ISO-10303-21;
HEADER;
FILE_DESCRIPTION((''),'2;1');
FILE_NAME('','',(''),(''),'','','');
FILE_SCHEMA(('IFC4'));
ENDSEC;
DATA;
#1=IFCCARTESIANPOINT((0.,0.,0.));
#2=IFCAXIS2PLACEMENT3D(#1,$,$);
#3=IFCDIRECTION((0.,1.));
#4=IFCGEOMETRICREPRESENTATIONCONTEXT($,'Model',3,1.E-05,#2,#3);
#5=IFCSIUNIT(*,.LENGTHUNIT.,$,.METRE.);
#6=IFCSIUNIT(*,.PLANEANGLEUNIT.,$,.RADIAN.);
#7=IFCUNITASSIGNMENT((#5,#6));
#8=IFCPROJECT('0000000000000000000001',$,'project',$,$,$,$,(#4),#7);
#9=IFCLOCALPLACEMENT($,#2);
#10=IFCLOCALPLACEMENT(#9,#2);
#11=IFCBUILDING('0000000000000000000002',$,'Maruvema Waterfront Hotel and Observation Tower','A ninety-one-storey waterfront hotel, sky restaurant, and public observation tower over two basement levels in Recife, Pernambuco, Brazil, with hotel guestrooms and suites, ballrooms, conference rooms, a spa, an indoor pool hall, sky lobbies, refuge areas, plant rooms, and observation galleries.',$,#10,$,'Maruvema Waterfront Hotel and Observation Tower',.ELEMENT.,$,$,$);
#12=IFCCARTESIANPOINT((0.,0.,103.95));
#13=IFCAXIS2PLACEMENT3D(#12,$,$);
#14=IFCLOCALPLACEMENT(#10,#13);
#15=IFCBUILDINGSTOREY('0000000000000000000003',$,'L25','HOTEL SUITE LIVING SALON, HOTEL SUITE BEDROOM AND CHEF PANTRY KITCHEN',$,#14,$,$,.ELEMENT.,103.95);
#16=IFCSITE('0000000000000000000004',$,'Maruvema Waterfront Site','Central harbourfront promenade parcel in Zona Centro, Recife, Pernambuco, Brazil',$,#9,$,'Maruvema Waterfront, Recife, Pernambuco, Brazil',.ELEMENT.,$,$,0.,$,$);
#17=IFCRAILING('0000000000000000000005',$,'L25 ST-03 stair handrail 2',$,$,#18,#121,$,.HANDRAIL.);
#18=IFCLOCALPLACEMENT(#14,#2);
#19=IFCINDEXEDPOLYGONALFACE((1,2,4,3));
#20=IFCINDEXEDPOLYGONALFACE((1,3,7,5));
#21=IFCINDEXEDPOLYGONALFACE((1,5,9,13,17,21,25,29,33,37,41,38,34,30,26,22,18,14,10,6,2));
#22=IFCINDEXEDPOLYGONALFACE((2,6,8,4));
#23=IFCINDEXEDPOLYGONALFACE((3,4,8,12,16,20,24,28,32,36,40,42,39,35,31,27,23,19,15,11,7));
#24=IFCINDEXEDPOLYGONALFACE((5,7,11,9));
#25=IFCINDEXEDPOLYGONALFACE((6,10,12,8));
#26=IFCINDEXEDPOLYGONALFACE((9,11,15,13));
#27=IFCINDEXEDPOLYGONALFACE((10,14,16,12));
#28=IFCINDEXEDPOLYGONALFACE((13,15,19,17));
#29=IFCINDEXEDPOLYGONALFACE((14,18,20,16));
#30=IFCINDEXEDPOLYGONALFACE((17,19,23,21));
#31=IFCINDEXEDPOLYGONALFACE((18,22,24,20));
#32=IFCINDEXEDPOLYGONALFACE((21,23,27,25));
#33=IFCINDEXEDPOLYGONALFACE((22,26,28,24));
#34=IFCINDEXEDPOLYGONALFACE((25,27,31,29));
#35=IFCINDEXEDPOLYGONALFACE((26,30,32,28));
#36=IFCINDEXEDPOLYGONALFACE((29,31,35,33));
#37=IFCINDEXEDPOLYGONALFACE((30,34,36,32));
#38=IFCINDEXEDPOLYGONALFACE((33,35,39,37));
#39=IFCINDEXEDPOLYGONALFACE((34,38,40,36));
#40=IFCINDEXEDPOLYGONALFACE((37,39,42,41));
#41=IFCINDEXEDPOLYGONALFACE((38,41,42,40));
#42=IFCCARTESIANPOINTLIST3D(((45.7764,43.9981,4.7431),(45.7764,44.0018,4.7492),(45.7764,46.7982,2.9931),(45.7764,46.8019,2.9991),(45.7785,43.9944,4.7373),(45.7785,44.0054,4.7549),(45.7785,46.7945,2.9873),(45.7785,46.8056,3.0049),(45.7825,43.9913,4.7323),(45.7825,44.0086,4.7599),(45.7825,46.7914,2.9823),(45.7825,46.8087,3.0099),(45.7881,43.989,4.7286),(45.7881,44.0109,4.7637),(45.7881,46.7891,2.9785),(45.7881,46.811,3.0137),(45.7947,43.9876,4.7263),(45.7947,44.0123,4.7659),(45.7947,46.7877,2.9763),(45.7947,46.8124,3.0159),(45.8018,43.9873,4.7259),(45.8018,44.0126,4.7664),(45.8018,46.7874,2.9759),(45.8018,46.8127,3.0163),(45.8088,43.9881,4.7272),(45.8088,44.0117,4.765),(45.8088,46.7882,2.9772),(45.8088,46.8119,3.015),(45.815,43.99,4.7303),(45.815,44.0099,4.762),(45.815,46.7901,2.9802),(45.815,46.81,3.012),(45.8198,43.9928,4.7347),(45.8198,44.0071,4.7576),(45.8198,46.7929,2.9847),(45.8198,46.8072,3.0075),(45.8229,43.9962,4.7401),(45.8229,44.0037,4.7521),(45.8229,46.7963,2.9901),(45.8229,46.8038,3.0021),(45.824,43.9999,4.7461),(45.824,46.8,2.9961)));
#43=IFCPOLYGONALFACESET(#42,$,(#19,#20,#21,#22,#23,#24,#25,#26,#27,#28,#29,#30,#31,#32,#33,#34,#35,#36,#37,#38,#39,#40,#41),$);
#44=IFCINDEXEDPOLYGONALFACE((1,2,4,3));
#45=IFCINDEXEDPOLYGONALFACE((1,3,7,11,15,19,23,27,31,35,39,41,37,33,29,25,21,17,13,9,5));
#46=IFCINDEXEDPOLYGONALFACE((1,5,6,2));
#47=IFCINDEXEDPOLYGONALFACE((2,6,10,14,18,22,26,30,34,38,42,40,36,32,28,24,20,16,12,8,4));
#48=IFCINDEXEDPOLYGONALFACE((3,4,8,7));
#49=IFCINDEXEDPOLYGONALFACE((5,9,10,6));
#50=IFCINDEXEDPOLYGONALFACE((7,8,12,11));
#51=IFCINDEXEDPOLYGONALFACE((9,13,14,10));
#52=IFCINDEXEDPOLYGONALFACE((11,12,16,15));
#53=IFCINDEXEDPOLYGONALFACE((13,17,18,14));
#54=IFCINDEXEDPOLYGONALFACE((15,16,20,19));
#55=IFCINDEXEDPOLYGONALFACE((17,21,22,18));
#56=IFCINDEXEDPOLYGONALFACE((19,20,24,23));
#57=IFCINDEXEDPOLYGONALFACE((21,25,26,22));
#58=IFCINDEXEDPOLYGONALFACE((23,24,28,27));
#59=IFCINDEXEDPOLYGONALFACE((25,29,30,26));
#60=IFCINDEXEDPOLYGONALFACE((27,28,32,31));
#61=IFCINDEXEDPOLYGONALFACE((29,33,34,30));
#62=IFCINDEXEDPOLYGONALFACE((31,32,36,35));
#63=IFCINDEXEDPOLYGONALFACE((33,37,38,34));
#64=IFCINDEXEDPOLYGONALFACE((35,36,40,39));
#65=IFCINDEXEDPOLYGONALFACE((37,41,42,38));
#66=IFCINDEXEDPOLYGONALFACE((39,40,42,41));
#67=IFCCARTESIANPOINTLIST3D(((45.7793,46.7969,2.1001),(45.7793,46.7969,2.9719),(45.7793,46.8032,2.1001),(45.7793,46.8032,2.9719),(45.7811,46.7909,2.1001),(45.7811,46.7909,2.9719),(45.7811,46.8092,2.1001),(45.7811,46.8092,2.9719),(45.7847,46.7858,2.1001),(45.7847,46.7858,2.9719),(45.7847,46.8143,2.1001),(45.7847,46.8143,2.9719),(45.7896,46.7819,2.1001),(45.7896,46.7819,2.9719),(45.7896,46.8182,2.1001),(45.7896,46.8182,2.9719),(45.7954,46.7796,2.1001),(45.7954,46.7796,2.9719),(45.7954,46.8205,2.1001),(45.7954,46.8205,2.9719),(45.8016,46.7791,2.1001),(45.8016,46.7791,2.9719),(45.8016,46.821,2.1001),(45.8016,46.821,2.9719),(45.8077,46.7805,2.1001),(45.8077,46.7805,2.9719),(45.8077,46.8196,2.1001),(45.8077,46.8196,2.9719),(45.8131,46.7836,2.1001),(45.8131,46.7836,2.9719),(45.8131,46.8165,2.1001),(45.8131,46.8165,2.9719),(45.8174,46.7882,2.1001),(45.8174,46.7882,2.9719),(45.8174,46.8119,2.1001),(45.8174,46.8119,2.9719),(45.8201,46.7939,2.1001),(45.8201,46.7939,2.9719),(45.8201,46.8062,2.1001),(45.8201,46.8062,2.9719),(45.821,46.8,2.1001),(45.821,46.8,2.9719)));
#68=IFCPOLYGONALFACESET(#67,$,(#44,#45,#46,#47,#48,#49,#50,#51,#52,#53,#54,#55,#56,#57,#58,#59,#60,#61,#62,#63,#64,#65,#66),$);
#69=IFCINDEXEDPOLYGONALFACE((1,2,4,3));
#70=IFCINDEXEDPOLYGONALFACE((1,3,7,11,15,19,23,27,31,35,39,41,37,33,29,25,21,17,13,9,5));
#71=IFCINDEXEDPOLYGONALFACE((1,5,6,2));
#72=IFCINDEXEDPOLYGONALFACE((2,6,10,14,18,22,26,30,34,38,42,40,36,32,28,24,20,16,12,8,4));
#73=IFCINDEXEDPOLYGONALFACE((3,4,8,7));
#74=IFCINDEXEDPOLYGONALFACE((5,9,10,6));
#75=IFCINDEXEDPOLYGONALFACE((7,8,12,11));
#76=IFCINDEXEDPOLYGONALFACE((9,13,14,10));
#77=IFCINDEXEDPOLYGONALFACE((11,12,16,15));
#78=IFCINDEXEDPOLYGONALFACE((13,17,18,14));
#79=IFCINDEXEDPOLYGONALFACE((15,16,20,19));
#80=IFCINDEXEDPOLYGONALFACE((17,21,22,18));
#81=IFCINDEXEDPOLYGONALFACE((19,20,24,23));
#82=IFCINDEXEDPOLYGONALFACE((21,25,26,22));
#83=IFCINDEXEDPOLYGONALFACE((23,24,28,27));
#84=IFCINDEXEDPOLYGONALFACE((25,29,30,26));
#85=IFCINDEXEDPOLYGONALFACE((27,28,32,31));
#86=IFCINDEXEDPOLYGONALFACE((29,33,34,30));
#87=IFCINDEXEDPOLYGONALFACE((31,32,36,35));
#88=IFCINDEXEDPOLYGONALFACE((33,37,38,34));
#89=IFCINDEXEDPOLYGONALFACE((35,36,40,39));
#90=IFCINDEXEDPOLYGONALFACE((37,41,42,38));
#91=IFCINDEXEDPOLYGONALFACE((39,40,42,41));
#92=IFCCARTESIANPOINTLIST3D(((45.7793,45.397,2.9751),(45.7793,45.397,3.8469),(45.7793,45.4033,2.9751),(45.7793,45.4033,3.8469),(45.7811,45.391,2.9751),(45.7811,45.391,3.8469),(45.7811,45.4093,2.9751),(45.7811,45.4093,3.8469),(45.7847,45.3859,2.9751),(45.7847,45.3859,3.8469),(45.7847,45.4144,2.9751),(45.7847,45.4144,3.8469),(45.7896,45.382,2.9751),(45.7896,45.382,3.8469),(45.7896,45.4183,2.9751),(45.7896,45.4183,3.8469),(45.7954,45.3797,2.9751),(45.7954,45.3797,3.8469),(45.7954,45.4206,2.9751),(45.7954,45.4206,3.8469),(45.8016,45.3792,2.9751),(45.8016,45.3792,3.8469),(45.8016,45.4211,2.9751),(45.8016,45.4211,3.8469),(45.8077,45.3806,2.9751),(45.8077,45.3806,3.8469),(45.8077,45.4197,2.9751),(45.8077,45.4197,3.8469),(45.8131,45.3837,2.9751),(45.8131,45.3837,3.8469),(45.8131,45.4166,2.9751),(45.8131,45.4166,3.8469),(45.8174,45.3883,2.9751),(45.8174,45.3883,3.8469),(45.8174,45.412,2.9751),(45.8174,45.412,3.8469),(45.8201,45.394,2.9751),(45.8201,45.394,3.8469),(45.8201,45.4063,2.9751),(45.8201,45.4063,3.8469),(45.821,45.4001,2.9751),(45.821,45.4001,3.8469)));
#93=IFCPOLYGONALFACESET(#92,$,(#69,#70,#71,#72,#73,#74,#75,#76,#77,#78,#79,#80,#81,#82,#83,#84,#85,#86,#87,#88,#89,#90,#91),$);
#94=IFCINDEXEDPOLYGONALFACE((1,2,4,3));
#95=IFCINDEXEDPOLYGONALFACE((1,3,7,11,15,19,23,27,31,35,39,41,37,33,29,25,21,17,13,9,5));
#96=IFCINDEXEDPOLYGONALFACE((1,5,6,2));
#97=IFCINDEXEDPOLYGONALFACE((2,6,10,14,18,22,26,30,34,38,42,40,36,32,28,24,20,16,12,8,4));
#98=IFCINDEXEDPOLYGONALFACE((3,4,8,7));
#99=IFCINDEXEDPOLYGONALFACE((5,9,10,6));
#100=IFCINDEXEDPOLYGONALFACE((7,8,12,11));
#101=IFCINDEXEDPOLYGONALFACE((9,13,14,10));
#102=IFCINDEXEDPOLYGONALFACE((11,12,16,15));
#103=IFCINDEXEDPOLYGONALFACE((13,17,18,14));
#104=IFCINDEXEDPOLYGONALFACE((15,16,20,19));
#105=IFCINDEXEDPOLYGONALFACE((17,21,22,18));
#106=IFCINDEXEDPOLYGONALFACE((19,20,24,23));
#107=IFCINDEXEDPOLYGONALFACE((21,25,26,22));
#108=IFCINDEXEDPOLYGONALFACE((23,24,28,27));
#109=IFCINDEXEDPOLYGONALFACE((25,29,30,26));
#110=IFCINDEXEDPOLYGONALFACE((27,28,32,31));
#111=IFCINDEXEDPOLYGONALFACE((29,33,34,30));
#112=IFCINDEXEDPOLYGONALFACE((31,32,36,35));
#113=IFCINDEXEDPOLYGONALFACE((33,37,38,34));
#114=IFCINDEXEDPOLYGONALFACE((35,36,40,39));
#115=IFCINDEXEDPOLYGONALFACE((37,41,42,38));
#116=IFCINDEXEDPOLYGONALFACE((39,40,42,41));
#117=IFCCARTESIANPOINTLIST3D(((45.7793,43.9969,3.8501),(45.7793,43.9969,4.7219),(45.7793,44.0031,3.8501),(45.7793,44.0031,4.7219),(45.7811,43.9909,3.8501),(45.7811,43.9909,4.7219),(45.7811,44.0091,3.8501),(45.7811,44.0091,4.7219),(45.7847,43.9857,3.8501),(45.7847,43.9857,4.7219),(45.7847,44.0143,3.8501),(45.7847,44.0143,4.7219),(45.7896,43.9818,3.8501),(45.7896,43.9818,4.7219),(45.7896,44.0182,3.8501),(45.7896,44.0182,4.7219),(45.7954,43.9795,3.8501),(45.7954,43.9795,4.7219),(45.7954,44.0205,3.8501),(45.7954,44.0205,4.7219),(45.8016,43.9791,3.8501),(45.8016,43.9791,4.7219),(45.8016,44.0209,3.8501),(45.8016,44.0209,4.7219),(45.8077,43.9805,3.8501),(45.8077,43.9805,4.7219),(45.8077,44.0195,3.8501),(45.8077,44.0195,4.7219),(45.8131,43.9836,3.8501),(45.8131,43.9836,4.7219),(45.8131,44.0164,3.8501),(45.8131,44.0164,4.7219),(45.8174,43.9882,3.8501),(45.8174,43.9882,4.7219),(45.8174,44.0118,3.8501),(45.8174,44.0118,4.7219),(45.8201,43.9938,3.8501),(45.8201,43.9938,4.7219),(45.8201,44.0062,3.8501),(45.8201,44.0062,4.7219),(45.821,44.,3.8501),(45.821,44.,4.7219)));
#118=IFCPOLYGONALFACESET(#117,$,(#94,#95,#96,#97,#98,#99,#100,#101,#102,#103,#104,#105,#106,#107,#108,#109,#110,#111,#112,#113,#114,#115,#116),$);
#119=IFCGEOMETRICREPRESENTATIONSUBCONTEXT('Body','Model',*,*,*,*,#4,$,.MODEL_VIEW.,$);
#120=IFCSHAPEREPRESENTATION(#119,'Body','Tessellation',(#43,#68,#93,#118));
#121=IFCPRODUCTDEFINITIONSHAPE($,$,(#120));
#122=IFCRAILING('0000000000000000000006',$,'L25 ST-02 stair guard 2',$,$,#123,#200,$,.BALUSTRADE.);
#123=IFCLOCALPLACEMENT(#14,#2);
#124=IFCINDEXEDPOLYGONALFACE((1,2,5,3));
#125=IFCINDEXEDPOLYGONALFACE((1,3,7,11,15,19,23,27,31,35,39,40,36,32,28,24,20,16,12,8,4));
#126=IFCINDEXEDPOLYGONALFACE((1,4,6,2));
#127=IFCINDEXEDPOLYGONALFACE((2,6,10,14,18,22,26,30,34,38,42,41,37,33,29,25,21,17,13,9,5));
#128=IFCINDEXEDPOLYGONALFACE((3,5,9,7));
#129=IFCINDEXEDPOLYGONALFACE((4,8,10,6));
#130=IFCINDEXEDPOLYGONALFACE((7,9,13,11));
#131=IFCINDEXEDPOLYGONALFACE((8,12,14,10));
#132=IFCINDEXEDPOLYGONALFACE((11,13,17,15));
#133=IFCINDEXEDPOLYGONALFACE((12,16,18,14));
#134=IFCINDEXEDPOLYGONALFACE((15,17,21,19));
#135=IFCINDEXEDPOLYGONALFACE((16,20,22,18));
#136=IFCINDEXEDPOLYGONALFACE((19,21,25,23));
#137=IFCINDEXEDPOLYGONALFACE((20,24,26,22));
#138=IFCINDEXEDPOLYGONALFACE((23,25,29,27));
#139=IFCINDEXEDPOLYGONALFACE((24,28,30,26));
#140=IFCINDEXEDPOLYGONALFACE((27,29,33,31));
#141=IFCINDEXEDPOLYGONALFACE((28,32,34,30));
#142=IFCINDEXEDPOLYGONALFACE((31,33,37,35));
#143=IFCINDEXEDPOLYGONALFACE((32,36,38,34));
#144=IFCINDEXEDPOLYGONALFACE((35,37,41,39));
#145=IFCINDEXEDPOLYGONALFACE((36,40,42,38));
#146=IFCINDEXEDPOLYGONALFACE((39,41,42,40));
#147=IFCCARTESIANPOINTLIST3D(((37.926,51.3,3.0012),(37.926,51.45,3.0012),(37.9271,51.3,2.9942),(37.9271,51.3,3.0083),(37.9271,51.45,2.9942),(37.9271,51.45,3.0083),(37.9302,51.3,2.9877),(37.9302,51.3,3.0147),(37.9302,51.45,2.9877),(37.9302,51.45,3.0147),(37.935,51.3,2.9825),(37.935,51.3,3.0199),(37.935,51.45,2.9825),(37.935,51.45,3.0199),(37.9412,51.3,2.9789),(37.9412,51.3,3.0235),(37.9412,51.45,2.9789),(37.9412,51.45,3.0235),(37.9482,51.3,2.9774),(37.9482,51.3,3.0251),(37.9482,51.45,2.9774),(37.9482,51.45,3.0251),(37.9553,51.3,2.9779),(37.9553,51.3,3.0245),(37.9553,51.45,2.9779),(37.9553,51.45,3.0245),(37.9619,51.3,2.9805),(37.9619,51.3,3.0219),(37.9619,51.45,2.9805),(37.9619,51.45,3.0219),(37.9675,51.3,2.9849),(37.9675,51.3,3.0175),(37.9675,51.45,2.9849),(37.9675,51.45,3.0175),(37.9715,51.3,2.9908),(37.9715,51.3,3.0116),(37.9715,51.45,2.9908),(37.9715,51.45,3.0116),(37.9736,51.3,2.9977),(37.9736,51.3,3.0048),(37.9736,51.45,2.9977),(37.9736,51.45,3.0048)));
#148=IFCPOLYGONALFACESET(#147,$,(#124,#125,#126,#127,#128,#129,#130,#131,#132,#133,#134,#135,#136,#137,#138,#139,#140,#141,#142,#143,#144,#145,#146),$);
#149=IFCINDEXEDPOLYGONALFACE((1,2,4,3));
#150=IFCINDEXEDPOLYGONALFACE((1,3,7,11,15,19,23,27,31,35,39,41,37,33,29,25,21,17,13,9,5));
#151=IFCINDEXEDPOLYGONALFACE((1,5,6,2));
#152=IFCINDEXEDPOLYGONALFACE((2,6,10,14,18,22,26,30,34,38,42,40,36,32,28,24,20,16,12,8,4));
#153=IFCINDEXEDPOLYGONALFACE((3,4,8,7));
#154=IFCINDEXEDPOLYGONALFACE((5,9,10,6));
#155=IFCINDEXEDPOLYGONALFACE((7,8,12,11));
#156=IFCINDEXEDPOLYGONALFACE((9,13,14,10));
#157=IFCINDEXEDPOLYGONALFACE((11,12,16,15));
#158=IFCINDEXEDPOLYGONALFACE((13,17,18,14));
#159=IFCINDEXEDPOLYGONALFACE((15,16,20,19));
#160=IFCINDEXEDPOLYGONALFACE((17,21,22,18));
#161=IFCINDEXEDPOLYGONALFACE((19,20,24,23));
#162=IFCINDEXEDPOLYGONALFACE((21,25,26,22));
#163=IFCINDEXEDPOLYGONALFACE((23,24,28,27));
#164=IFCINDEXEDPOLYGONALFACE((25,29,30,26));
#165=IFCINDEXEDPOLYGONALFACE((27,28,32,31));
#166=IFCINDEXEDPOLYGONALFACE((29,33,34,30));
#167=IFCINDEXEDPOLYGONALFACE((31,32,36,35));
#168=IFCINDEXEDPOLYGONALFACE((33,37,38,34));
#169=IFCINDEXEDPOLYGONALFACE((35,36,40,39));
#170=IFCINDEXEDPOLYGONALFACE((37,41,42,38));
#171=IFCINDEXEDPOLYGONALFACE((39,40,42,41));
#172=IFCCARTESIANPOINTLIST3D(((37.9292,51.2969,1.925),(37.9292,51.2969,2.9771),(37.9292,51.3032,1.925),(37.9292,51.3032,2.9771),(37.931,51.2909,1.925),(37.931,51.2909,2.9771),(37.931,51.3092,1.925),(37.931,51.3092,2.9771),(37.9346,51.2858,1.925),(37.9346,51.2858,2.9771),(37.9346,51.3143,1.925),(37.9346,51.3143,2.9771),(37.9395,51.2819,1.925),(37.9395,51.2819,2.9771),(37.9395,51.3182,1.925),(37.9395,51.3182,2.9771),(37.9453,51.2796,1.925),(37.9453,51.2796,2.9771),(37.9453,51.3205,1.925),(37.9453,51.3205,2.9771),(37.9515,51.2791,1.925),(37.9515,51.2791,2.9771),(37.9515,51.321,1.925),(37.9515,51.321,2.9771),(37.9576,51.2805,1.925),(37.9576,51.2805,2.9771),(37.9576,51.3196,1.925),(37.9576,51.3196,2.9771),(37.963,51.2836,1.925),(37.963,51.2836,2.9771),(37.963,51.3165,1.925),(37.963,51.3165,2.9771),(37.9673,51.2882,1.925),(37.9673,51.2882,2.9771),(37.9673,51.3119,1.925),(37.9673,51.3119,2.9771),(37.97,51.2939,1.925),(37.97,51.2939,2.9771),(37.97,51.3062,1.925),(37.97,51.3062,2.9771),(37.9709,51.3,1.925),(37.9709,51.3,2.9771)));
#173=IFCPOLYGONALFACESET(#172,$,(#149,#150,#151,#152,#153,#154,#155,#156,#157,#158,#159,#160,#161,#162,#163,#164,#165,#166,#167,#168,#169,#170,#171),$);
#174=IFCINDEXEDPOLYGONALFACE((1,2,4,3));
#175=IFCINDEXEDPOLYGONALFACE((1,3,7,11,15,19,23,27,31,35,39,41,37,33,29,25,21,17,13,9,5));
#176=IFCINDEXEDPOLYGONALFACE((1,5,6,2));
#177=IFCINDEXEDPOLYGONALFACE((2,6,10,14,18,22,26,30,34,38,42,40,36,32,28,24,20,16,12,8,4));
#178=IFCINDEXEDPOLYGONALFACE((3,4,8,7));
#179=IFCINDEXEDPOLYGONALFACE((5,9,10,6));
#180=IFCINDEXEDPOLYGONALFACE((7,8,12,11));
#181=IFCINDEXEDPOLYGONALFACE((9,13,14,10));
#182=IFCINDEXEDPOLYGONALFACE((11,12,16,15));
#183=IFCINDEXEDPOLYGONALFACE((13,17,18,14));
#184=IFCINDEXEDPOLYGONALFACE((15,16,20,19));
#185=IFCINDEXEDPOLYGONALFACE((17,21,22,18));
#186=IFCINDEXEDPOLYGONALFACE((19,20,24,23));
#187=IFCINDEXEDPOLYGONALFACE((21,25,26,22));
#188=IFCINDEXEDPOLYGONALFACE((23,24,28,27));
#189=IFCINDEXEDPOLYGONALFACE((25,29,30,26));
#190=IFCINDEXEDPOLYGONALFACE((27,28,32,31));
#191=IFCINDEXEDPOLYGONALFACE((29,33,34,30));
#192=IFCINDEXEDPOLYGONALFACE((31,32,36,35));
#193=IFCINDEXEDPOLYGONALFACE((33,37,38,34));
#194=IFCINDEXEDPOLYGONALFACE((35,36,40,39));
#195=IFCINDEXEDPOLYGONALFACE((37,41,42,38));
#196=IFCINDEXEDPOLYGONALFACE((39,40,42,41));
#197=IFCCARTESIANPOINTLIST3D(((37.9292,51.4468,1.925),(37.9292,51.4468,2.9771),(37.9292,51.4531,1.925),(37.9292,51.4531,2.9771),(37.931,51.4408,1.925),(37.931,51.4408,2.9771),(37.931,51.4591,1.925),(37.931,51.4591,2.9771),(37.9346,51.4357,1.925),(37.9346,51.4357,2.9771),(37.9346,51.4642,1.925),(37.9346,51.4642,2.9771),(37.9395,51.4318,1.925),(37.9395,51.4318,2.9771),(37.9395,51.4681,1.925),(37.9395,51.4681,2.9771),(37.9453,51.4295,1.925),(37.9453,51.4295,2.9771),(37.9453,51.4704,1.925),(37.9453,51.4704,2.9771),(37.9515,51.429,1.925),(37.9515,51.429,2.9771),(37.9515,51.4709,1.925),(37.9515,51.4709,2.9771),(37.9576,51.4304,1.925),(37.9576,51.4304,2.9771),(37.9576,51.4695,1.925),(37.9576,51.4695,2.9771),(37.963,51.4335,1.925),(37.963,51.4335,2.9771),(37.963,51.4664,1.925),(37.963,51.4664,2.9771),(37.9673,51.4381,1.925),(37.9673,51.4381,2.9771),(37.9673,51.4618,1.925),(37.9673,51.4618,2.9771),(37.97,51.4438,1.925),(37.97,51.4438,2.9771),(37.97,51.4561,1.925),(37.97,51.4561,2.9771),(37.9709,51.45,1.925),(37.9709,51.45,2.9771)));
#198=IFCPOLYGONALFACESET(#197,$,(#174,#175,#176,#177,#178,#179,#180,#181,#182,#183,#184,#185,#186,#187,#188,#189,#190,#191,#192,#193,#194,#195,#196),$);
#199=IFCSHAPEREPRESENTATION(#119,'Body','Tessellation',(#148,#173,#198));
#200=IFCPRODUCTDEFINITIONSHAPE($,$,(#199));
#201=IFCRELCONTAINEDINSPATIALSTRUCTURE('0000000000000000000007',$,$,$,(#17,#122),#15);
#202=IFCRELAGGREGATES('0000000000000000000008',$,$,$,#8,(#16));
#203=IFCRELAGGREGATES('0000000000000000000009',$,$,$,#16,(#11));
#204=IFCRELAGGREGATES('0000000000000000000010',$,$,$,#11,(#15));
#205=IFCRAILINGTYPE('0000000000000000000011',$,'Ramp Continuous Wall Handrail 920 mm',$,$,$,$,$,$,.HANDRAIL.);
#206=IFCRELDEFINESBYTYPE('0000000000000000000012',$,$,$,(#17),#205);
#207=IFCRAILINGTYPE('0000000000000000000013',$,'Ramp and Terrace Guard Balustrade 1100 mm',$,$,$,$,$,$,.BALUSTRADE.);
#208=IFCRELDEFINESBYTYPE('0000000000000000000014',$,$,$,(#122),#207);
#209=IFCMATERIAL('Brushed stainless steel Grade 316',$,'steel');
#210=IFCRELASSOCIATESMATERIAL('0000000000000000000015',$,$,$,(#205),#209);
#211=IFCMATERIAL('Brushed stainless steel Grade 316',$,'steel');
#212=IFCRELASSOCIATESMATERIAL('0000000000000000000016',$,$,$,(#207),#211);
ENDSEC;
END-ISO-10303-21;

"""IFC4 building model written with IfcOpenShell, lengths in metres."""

from ifc_helpers import new_model, si_unit, direction, frame, origin, origin_2d, place, context, subcontext, project, spatial, circle, extrude, material, type_object, element, save


model = new_model("IFC4")

# Units and contexts
model_context = context("Model", 3, precision=1e-05, world=origin(), true_north=direction((0.0, 1.0)))
body_context = subcontext(model_context, "Body", "Model", "MODEL_VIEW")
ifc_project = project(units=[si_unit("LENGTHUNIT", "METRE"), si_unit("PLANEANGLEUNIT", "RADIAN")], contexts=[model_context])

# Site, building, storey
site_placement = place(None, origin())
site = spatial("IfcSite", under=ifc_project, at=site_placement, Name="Maruvema Waterfront Site", Description="Central harbourfront promenade parcel in Zona Centro, Recife, Pernambuco, Brazil", LongName="Maruvema Waterfront, Recife, Pernambuco, Brazil", CompositionType="ELEMENT", RefElevation=0.0)
building_placement = place(site_placement, origin())
building = spatial("IfcBuilding", under=site, at=building_placement, Name="Maruvema Waterfront Hotel and Observation Tower", Description="A ninety-one-storey waterfront hotel, sky restaurant, and public observation tower over two basement levels in Recife, Pernambuco, Brazil, with hotel guestrooms and suites, ballrooms, conference rooms, a spa, an indoor pool hall, sky lobbies, refuge areas, plant rooms, and observation galleries.", LongName="Maruvema Waterfront Hotel and Observation Tower", CompositionType="ELEMENT")
storey_placement = place(building_placement, frame((0.0, 0.0, 103.95)))
storey = spatial("IfcBuildingStorey", under=building, at=storey_placement, Name="L25", Description="HOTEL SUITE LIVING SALON, HOTEL SUITE BEDROOM AND CHEF PANTRY KITCHEN", CompositionType="ELEMENT", Elevation=103.95)

# Railings
ifc_material_1 = material(Name="Brushed stainless steel Grade 316", Category="steel")
railing_type_1 = type_object("IfcRailingType", Name="Ramp Continuous Wall Handrail 920 mm", PredefinedType="HANDRAIL", material=ifc_material_1)
railing_1_placement = place(storey_placement, frame((45.8, 46.8, 2.1001)))
element("IfcRailing", 1, at=railing_1_placement, inside=storey, type_object=railing_type_1, Name="L25 ST-03 stair handrail 2", PredefinedType="HANDRAIL", context=body_context, shape_type="SweptSolid", body=[
    extrude(circle(Radius=0.0239, at=origin_2d()), frame((0.0, 0.0, 0.896), z_axis=(0.0, -0.848002, 0.529992), x_axis=(1.0, 0.0, 0.0)), (0.0, 0.0, 1.0), 3.302),
    extrude(circle(Radius=0.021, at=origin_2d()), origin(), (0.0, 0.0, 1.0), 0.8718),
    extrude(circle(Radius=0.021, at=origin_2d()), frame((0.0, -1.3999, 0.875)), (0.0, 0.0, 1.0), 0.8718),
    extrude(circle(Radius=0.021, at=origin_2d()), frame((0.0, -2.8, 1.75)), (0.0, 0.0, 1.0), 0.8718),
])
ifc_material_2 = material(Name="Brushed stainless steel Grade 316", Category="steel")
railing_type_2 = type_object("IfcRailingType", Name="Ramp and Terrace Guard Balustrade 1100 mm", PredefinedType="BALUSTRADE", material=ifc_material_2)
railing_2_placement = place(storey_placement, frame((37.95, 51.3, 1.925)))
element("IfcRailing", 2, at=railing_2_placement, inside=storey, type_object=railing_type_2, Name="L25 ST-02 stair guard 2", PredefinedType="BALUSTRADE", context=body_context, shape_type="SweptSolid", body=[
    extrude(circle(Radius=0.0239, at=origin_2d()), frame((0.0, 0.0, 1.0762), z_axis=(0.0, 1.0, 0.0), x_axis=(-1.0, 0.0, 0.0)), (0.0, 0.0, 1.0), 0.1499),
    extrude(circle(Radius=0.021, at=origin_2d()), origin(), (0.0, 0.0, 1.0), 1.052),
    extrude(circle(Radius=0.021, at=origin_2d()), frame((0.0, 0.1499, 0.0)), (0.0, 0.0, 1.0), 1.052),
])

save(model, "model.ifc")
